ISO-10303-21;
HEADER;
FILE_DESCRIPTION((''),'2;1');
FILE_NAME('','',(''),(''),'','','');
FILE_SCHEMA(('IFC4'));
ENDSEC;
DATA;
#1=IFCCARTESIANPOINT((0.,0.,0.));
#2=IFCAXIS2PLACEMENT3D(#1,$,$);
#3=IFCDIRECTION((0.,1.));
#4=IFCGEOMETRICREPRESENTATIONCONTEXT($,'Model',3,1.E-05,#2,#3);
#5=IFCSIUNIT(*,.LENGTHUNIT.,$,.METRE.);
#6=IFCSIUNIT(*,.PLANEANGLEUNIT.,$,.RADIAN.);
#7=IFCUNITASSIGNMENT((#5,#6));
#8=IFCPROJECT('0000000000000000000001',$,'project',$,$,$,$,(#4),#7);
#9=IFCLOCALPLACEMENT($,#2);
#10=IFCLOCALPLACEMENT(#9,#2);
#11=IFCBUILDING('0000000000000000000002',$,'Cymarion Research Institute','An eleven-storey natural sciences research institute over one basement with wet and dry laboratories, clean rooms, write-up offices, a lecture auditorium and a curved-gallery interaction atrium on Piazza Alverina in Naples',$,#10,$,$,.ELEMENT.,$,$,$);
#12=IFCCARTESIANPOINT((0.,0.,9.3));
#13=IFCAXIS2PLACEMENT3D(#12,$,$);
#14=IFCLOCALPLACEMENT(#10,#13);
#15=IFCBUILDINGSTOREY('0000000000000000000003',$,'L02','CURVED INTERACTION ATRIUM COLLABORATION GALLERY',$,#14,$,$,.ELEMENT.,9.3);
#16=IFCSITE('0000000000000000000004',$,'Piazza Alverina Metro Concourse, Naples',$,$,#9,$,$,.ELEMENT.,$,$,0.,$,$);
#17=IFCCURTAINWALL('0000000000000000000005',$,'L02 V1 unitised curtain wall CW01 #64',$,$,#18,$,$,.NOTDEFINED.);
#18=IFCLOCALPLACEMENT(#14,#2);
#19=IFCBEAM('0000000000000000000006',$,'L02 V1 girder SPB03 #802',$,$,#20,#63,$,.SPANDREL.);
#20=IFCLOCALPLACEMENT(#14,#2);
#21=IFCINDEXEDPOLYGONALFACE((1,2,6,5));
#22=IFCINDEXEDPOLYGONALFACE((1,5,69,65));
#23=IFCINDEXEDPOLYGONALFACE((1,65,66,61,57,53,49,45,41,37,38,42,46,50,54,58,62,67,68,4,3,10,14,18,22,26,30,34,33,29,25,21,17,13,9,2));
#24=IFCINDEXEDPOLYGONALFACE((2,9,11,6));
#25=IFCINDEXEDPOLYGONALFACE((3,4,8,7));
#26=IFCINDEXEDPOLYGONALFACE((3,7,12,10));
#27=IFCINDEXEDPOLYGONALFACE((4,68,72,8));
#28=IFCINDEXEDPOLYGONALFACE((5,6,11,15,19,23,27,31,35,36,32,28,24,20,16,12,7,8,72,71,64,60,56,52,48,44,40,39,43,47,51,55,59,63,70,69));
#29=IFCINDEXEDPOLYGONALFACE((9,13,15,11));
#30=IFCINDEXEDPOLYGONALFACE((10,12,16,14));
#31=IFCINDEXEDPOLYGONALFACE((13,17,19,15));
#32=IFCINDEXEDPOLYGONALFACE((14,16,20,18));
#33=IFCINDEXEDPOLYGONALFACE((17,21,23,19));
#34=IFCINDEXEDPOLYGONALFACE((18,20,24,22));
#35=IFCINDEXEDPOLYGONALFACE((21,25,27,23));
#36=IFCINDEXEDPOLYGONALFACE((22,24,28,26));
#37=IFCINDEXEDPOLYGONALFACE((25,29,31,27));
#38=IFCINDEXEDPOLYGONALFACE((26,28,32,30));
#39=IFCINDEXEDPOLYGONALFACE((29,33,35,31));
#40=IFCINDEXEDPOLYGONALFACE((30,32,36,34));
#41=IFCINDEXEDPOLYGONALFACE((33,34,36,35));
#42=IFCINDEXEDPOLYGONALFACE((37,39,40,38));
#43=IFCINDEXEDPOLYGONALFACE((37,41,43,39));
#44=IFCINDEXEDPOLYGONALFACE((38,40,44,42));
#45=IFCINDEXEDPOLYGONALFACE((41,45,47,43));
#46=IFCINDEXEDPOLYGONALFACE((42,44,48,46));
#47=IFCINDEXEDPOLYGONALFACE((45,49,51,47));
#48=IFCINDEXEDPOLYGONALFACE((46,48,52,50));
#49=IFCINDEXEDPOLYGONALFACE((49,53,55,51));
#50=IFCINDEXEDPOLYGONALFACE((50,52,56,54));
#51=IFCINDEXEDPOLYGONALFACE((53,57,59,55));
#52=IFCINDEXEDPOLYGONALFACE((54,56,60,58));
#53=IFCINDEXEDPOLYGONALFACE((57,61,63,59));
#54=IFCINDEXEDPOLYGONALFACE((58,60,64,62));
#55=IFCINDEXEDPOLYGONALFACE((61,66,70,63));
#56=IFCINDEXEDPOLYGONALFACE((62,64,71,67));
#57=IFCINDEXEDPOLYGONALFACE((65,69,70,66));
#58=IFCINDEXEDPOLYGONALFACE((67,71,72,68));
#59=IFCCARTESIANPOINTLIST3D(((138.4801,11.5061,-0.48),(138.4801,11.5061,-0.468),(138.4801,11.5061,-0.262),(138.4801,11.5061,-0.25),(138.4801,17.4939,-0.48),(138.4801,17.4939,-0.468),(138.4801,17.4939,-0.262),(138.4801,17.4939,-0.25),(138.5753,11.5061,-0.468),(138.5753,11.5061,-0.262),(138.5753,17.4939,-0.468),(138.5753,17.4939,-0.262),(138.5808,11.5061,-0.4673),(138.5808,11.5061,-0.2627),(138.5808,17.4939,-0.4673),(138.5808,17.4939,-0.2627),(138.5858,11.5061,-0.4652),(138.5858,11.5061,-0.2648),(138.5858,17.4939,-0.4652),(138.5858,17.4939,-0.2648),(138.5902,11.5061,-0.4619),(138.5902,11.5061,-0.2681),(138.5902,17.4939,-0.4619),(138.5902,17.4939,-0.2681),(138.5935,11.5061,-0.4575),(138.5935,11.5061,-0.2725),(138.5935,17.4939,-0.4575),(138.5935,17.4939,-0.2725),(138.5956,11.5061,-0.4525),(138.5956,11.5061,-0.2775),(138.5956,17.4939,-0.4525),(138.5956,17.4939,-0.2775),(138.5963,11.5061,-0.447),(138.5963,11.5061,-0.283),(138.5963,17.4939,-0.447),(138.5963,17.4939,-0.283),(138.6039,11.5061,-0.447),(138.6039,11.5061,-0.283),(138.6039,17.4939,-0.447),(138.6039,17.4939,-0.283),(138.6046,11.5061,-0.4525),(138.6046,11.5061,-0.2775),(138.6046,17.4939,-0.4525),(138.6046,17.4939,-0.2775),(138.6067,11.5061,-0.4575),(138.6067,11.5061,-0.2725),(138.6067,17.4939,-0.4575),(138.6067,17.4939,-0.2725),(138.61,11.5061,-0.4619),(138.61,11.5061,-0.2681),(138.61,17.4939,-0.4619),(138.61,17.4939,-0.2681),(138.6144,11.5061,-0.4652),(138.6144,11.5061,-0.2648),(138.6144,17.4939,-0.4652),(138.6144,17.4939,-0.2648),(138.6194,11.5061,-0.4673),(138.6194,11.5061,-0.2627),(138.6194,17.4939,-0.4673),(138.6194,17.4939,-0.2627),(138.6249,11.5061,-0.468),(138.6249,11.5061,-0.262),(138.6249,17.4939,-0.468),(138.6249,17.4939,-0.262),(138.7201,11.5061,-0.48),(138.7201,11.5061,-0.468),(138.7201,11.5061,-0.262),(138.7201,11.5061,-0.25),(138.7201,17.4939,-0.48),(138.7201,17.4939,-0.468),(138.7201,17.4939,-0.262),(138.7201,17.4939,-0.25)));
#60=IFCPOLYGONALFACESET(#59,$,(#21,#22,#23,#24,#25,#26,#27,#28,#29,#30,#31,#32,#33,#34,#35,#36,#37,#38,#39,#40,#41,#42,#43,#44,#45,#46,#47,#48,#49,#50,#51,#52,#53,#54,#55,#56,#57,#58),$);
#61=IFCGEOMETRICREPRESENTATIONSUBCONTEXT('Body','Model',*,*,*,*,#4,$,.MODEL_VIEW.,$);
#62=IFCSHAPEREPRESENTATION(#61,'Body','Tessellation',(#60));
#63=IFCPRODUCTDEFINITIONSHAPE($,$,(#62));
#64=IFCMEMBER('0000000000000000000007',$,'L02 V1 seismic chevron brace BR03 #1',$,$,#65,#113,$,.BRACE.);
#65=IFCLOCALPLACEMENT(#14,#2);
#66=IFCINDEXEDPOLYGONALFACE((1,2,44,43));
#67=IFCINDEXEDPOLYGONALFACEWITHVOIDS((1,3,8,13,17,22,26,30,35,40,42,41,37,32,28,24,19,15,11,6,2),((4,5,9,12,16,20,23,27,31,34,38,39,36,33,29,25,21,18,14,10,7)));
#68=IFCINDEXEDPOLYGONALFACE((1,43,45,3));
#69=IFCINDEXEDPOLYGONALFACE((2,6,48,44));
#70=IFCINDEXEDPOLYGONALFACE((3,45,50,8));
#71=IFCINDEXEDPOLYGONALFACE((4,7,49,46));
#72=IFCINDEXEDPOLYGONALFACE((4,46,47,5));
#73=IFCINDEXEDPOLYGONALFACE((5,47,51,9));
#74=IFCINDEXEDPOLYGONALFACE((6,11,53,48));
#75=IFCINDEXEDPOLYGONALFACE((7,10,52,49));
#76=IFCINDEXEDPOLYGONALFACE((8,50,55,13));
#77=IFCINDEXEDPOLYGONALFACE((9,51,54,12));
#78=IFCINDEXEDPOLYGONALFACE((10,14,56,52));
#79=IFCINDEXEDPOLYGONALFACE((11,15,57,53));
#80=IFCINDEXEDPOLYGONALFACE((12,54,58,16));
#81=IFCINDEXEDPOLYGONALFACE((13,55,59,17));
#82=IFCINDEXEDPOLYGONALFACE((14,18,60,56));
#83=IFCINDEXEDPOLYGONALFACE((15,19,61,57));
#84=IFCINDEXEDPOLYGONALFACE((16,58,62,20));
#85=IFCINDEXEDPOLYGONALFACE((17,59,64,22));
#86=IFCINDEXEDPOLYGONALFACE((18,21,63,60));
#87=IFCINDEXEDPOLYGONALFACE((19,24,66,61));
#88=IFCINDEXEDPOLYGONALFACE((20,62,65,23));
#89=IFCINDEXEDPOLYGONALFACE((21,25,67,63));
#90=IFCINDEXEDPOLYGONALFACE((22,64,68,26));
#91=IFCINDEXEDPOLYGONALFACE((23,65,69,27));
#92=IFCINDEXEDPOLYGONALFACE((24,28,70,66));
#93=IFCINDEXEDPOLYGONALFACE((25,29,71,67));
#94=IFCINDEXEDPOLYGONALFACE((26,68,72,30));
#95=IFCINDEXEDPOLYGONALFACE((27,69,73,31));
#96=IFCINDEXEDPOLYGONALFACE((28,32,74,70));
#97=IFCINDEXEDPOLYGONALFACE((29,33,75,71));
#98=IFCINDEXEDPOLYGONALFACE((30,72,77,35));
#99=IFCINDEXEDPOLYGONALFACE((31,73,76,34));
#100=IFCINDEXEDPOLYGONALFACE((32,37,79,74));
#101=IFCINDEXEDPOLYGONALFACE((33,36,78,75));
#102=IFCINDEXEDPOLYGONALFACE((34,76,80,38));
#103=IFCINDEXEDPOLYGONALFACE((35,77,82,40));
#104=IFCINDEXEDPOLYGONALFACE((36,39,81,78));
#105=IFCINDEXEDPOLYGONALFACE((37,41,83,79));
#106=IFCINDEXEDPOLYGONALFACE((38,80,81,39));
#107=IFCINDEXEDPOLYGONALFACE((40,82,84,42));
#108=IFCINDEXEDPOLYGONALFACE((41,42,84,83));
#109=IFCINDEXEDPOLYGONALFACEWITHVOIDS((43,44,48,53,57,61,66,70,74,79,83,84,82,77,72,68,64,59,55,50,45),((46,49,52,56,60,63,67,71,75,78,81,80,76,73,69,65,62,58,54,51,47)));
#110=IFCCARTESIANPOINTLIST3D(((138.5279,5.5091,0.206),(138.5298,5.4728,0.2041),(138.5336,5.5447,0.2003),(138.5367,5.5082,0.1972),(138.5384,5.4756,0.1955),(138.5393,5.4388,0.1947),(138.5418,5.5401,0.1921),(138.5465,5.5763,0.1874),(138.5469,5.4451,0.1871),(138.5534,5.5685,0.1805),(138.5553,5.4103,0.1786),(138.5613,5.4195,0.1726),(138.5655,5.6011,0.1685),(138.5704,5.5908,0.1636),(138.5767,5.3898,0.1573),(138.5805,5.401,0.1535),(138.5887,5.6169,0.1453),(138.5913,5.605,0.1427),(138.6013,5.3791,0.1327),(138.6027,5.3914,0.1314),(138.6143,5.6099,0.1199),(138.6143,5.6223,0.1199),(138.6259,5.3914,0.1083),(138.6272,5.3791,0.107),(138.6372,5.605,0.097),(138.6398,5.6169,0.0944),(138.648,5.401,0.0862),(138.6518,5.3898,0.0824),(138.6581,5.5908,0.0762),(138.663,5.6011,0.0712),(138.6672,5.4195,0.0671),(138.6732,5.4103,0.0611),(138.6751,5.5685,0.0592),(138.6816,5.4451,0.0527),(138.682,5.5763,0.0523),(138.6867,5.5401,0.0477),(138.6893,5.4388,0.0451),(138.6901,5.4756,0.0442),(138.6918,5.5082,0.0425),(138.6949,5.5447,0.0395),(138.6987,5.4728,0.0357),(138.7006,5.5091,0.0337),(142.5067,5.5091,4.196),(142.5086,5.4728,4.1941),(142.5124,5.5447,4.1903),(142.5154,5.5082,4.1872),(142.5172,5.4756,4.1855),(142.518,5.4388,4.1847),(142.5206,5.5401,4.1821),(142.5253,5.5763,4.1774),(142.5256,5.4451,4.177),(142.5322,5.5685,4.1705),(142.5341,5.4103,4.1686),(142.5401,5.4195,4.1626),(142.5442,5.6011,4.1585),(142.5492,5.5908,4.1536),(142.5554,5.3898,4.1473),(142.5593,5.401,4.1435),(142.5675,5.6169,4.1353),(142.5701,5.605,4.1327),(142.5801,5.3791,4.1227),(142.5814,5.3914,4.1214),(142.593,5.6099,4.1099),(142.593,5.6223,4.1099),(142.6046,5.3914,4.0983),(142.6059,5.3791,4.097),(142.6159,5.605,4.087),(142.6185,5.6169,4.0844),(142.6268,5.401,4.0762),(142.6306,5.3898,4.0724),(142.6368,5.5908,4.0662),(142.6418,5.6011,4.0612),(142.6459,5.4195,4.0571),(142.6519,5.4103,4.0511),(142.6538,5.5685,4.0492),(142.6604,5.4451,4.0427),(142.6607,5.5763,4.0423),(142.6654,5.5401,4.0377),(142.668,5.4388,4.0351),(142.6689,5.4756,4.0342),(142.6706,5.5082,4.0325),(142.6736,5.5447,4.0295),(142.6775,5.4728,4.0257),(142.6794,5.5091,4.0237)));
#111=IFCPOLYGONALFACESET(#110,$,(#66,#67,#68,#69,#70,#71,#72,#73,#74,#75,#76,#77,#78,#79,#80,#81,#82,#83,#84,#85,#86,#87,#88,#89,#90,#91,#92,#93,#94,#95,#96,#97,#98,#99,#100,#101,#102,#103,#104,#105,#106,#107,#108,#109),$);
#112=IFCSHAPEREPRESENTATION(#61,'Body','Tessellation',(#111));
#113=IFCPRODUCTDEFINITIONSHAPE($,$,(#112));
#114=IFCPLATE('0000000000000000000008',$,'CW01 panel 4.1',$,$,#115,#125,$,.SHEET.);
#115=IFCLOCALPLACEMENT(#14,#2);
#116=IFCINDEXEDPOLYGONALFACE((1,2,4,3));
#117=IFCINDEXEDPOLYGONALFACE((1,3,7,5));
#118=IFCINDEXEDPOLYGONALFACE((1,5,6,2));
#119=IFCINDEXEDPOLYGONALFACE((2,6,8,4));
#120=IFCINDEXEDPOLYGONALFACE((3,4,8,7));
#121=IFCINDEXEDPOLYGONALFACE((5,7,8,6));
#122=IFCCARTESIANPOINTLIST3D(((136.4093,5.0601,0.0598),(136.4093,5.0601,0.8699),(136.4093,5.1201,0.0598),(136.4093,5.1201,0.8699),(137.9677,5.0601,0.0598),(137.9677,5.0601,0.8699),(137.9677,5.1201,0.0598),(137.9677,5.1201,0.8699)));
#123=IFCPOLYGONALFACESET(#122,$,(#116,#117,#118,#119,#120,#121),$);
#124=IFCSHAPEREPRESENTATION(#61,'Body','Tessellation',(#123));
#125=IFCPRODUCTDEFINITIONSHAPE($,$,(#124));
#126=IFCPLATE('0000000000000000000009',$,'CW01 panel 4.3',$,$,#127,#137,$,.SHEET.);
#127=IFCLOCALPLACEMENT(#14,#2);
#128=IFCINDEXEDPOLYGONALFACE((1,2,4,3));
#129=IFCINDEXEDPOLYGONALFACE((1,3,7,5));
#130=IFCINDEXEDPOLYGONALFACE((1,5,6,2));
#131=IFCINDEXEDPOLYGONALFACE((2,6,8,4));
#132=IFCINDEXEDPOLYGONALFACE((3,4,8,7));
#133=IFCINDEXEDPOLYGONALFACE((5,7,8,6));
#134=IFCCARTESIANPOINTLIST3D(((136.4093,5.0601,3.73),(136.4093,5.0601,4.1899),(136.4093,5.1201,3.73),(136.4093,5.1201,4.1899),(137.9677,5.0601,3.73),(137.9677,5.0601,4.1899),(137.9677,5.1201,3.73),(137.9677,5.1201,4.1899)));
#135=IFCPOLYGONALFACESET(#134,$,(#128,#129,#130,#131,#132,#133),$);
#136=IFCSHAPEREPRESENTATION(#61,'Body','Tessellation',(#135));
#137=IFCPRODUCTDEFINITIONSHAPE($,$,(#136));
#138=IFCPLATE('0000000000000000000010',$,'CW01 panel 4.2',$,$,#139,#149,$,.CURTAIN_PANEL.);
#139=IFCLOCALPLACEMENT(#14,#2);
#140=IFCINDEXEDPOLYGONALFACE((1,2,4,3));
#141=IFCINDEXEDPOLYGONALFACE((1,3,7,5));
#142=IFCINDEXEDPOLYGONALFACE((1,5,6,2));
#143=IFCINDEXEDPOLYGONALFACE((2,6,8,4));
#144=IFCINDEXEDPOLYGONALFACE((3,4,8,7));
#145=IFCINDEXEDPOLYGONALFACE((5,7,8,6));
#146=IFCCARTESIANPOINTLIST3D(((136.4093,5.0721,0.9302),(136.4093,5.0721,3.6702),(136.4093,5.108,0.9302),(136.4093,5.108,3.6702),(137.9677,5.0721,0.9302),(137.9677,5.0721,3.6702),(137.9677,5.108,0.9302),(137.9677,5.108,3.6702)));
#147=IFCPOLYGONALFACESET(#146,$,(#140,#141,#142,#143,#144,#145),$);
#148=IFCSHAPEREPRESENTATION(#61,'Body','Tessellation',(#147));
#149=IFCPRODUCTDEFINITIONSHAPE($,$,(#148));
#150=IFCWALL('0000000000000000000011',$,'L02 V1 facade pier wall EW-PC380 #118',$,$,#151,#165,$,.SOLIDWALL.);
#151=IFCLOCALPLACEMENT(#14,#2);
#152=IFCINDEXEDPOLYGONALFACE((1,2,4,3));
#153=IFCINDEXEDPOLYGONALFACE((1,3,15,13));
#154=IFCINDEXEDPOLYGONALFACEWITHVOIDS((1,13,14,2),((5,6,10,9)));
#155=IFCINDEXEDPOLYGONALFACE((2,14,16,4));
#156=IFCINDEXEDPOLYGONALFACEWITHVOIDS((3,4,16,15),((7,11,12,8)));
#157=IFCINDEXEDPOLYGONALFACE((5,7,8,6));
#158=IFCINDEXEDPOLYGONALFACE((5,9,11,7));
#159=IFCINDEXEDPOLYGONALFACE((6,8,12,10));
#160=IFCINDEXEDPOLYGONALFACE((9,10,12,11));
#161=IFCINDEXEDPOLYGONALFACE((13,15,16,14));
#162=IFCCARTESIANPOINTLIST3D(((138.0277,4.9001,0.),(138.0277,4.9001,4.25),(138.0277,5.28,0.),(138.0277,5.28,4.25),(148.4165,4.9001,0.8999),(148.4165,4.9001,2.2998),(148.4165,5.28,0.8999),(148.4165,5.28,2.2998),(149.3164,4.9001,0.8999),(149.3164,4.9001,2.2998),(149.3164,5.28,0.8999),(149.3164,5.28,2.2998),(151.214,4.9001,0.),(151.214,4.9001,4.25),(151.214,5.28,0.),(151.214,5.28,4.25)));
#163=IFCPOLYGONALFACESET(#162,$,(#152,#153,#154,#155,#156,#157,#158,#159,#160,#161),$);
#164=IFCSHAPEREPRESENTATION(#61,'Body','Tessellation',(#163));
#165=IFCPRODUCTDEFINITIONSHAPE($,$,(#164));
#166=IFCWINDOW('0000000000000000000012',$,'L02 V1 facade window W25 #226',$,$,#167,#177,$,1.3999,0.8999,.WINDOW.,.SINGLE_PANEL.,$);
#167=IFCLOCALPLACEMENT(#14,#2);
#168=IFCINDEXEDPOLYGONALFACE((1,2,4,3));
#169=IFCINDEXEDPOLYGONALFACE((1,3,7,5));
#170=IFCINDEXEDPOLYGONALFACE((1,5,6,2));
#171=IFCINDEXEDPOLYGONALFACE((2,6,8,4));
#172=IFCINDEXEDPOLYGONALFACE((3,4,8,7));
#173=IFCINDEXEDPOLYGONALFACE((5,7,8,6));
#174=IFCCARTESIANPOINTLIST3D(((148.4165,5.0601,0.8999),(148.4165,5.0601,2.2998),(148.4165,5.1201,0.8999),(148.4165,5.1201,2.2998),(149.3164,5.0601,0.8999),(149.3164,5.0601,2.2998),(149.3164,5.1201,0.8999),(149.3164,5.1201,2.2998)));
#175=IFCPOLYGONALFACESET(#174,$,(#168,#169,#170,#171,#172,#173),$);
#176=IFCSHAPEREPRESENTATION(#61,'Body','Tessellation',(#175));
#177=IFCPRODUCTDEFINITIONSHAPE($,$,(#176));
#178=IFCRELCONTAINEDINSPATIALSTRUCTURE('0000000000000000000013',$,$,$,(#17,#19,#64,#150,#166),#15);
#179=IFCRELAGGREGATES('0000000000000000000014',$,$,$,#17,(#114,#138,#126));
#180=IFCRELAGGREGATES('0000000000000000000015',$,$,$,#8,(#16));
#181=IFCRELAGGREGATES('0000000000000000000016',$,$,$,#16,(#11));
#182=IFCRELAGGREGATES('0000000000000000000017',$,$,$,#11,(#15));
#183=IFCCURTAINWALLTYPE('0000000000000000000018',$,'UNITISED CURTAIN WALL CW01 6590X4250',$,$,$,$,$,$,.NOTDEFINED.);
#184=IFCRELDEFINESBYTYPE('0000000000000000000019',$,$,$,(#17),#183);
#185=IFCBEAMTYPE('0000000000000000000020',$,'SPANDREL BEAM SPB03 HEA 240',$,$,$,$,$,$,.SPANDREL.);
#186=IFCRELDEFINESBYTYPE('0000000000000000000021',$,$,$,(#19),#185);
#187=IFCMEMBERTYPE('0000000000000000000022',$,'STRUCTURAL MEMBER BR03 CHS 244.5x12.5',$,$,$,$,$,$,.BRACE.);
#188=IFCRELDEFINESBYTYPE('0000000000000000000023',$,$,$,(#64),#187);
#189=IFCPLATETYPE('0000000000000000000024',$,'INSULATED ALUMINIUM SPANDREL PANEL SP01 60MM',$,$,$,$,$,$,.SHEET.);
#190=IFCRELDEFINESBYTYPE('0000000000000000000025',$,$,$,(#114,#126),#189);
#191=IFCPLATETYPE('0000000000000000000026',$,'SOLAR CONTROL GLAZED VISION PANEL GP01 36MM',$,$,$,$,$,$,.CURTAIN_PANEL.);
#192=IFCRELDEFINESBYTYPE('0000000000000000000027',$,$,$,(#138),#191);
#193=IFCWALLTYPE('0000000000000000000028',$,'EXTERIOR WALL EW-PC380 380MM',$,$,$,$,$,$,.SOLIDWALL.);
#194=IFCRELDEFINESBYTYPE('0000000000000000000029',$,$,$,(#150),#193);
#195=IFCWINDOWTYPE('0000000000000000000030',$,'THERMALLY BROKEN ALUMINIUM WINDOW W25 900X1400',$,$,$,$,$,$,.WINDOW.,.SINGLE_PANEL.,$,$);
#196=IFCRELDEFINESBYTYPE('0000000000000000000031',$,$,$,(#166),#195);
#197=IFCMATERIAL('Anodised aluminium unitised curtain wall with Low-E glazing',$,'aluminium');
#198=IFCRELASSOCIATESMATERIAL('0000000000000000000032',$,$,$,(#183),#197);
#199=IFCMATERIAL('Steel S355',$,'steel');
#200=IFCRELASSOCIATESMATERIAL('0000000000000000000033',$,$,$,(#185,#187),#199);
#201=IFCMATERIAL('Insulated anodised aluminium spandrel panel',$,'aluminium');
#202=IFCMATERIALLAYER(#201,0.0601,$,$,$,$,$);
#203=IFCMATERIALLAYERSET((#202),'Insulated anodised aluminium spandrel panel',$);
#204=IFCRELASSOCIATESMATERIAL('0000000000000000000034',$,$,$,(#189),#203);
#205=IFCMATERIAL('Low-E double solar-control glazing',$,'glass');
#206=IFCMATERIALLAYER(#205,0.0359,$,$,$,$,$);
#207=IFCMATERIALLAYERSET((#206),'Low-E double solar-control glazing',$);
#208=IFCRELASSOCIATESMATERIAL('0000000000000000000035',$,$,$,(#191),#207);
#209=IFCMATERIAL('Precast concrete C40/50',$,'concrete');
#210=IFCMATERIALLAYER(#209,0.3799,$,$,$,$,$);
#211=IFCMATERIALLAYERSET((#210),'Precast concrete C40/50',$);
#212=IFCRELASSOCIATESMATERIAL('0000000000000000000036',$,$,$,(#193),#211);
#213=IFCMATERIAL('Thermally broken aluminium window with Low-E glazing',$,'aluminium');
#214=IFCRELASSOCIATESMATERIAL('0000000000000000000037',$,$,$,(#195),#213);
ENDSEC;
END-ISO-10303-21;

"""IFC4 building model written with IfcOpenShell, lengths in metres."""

from ifc_helpers import new_model, si_unit, direction, frame, frame_2d, origin, origin_2d, place, context, subcontext, project, spatial, rectangle, hollow_circle, i_section, extrude, material, layer, layer_set, material_profile, profile_set, type_object, element, fill, aggregate, save


model = new_model("IFC4")

# Units and contexts
model_context = context("Model", 3, precision=1e-05, world=origin(), true_north=direction((0.0, 1.0)))
body_context = subcontext(model_context, "Body", "Model", "MODEL_VIEW")
ifc_project = project(units=[si_unit("LENGTHUNIT", "METRE"), si_unit("PLANEANGLEUNIT", "RADIAN")], contexts=[model_context])

# Site, building, storey
site_placement = place(None, origin())
site = spatial("IfcSite", under=ifc_project, at=site_placement, Name="Piazza Alverina Metro Concourse, Naples", CompositionType="ELEMENT", RefElevation=0.0)
building_placement = place(site_placement, origin())
building = spatial("IfcBuilding", under=site, at=building_placement, Name="Cymarion Research Institute", Description="An eleven-storey natural sciences research institute over one basement with wet and dry laboratories, clean rooms, write-up offices, a lecture auditorium and a curved-gallery interaction atrium on Piazza Alverina in Naples", CompositionType="ELEMENT")
storey_placement = place(building_placement, frame((0.0, 0.0, 9.3)))
storey = spatial("IfcBuildingStorey", under=building, at=storey_placement, Name="L02", Description="CURVED INTERACTION ATRIUM COLLABORATION GALLERY", CompositionType="ELEMENT", Elevation=9.3)

# Shared definitions
ifc_material_1 = material(Name="Steel S355", Category="steel")

# Curtain wall
ifc_material_2 = material(Name="Anodised aluminium unitised curtain wall with Low-E glazing", Category="aluminium")
curtain_wall_type = type_object("IfcCurtainWallType", Name="UNITISED CURTAIN WALL CW01 6590X4250", PredefinedType="NOTDEFINED", material=ifc_material_2)
curtain_wall_placement = place(storey_placement, origin())
curtain_wall = element("IfcCurtainWall", 1, at=curtain_wall_placement, inside=storey, type_object=curtain_wall_type, Name="L02 V1 unitised curtain wall CW01 #64", PredefinedType="NOTDEFINED")

# Beam
ifc_material_profile_1 = material_profile(ifc_material_1, i_section(OverallWidth=0.24, OverallDepth=0.23, WebThickness=0.0076, FlangeThickness=0.012, FilletRadius=0.021, at=origin_2d()), Name="HEA 240")
ifc_profile_set_1 = profile_set([ifc_material_profile_1], Name="Steel S355")
beam_type_1 = type_object("IfcBeamType", Name="SPANDREL BEAM SPB03 HEA 240", PredefinedType="SPANDREL", material=ifc_profile_set_1)
for number, where, z_axis, x_axis, name in (
    (2, (138.6001, 11.5061, -0.365), (0.0, 1.0, 0.0), (-1.0, 0.0, 0.0), "L02 V1 girder SPB03 #802"),
):
    element("IfcBeam", number, at=place(storey_placement, frame(where, z_axis=z_axis, x_axis=x_axis)), inside=storey, type_object=beam_type_1, Name=name, PredefinedType="SPANDREL", context=body_context, shape_type="SweptSolid", body=[
        extrude(i_section(OverallWidth=0.24, OverallDepth=0.23, WebThickness=0.0076, FlangeThickness=0.012, FilletRadius=0.021, at=origin_2d()), origin(), (0.0, 0.0, 1.0), 5.9878),
    ])

# Member
ifc_material_profile_2 = material_profile(ifc_material_1, hollow_circle(Radius=0.1223, WallThickness=0.0125, at=origin_2d()), Name="CHS 244.5x12.5")
ifc_profile_set_2 = profile_set([ifc_material_profile_2], Name="Steel S355")
member_type_1 = type_object("IfcMemberType", Name="STRUCTURAL MEMBER BR03 CHS 244.5x12.5", PredefinedType="BRACE", material=ifc_profile_set_2)
member_1_placement = place(storey_placement, frame((138.6143, 5.5, 0.1199), z_axis=(0.70611, 0.0, 0.708103), x_axis=(0.0, 1.0, 0.0)))
element("IfcMember", 3, at=member_1_placement, inside=storey, type_object=member_type_1, Name="L02 V1 seismic chevron brace BR03 #1", PredefinedType="BRACE", context=body_context, shape_type="SweptSolid", body=[
    extrude(hollow_circle(Radius=0.1223, WallThickness=0.0125, at=origin_2d()), origin(), (0.0, 0.0, 1.0), 5.6348),
])

# Plates
ifc_material_3 = material(Name="Insulated anodised aluminium spandrel panel", Category="aluminium")
ifc_layer_1 = layer(ifc_material_3, 0.0601)
ifc_layer_set_1 = layer_set([ifc_layer_1], Name="Insulated anodised aluminium spandrel panel")
plate_type_1 = type_object("IfcPlateType", Name="INSULATED ALUMINIUM SPANDREL PANEL SP01 60MM", PredefinedType="SHEET", material=ifc_layer_set_1)
plate_1_placement = place(storey_placement, frame((137.1885, 5.0901, 0.0598), z_axis=(0.0, 0.0, 1.0), x_axis=(1.0, 0.0, 0.0)))
plate_1 = element("IfcPlate", 4, at=plate_1_placement, type_object=plate_type_1, Name="CW01 panel 4.1", PredefinedType="SHEET", context=body_context, shape_type="SweptSolid", body=[
    extrude(rectangle(XDim=1.5583, YDim=0.0601, at=origin_2d()), origin(), (0.0, 0.0, 1.0), 0.8101),
])
plate_2_placement = place(storey_placement, frame((137.1885, 5.0901, 3.73), z_axis=(0.0, 0.0, 1.0), x_axis=(1.0, 0.0, 0.0)))
plate_2 = element("IfcPlate", 5, at=plate_2_placement, type_object=plate_type_1, Name="CW01 panel 4.3", PredefinedType="SHEET", context=body_context, shape_type="SweptSolid", body=[
    extrude(rectangle(XDim=1.5583, YDim=0.0601, at=origin_2d()), origin(), (0.0, 0.0, 1.0), 0.46),
])
ifc_material_4 = material(Name="Low-E double solar-control glazing", Category="glass")
ifc_layer_2 = layer(ifc_material_4, 0.0359)
ifc_layer_set_2 = layer_set([ifc_layer_2], Name="Low-E double solar-control glazing")
plate_type_2 = type_object("IfcPlateType", Name="SOLAR CONTROL GLAZED VISION PANEL GP01 36MM", PredefinedType="CURTAIN_PANEL", material=ifc_layer_set_2)
plate_3_placement = place(storey_placement, frame((137.1885, 5.0901, 0.9302), z_axis=(0.0, 0.0, 1.0), x_axis=(1.0, 0.0, 0.0)))
plate_3 = element("IfcPlate", 6, at=plate_3_placement, type_object=plate_type_2, Name="CW01 panel 4.2", PredefinedType="CURTAIN_PANEL", context=body_context, shape_type="SweptSolid", body=[
    extrude(rectangle(XDim=1.5583, YDim=0.0359, at=origin_2d()), origin(), (0.0, 0.0, 1.0), 2.74),
])
aggregate(curtain_wall, [plate_1, plate_3, plate_2])

# Wall, opening, window
ifc_material_5 = material(Name="Precast concrete C40/50", Category="concrete")
ifc_layer_3 = layer(ifc_material_5, 0.3799)
ifc_layer_set_3 = layer_set([ifc_layer_3], Name="Precast concrete C40/50")
wall_type_1 = type_object("IfcWallType", Name="EXTERIOR WALL EW-PC380 380MM", PredefinedType="SOLIDWALL", material=ifc_layer_set_3)
wall_1_placement = place(storey_placement, frame((138.0276, 5.0901, 0.0), z_axis=(0.0, 0.0, 1.0), x_axis=(1.0, 0.0, 0.0)))
wall_1 = element("IfcWall", 7, at=wall_1_placement, inside=storey, type_object=wall_type_1, Name="L02 V1 facade pier wall EW-PC380 #118", PredefinedType="SOLIDWALL", context=body_context, shape_type="SweptSolid", body=[
    extrude(rectangle(XDim=13.1863, YDim=0.3799, at=frame_2d((6.5933, 0.0))), origin(), (0.0, 0.0, 1.0), 4.25),
])
opening_1_placement = place(wall_1_placement, frame((10.3889, 0.0, 0.8999)))
opening_1 = element("IfcOpeningElement", 8, at=opening_1_placement, cuts=wall_1, PredefinedType="OPENING", context=body_context, shape_type="SweptSolid", body=[
    extrude(rectangle(XDim=0.8999, YDim=1.3999, at=frame_2d((0.45, 0.7))), frame((0.0, 0.2, 0.0), z_axis=(0.0, -1.0, 0.0), x_axis=(1.0, 0.0, 0.0)), (0.0, 0.0, 1.0), 0.3999),
])
ifc_material_6 = material(Name="Thermally broken aluminium window with Low-E glazing", Category="aluminium")
window_type = type_object("IfcWindowType", Name="THERMALLY BROKEN ALUMINIUM WINDOW W25 900X1400", PartitioningType="SINGLE_PANEL", PredefinedType="WINDOW", material=ifc_material_6)
window_placement = place(opening_1_placement, origin())
window = element("IfcWindow", 9, at=window_placement, inside=storey, type_object=window_type, Name="L02 V1 facade window W25 #226", OverallHeight=1.3999, OverallWidth=0.8999, PartitioningType="SINGLE_PANEL", PredefinedType="WINDOW", context=body_context, shape_type="SweptSolid", body=[
    extrude(rectangle(XDim=0.8999, YDim=1.3999, at=frame_2d((0.45, 0.7))), frame((0.0, 0.03, 0.0), z_axis=(0.0, -1.0, 0.0), x_axis=(1.0, 0.0, 0.0)), (0.0, 0.0, 1.0), 0.0601),
])
fill(opening_1, window)

save(model, "model.ifc")
